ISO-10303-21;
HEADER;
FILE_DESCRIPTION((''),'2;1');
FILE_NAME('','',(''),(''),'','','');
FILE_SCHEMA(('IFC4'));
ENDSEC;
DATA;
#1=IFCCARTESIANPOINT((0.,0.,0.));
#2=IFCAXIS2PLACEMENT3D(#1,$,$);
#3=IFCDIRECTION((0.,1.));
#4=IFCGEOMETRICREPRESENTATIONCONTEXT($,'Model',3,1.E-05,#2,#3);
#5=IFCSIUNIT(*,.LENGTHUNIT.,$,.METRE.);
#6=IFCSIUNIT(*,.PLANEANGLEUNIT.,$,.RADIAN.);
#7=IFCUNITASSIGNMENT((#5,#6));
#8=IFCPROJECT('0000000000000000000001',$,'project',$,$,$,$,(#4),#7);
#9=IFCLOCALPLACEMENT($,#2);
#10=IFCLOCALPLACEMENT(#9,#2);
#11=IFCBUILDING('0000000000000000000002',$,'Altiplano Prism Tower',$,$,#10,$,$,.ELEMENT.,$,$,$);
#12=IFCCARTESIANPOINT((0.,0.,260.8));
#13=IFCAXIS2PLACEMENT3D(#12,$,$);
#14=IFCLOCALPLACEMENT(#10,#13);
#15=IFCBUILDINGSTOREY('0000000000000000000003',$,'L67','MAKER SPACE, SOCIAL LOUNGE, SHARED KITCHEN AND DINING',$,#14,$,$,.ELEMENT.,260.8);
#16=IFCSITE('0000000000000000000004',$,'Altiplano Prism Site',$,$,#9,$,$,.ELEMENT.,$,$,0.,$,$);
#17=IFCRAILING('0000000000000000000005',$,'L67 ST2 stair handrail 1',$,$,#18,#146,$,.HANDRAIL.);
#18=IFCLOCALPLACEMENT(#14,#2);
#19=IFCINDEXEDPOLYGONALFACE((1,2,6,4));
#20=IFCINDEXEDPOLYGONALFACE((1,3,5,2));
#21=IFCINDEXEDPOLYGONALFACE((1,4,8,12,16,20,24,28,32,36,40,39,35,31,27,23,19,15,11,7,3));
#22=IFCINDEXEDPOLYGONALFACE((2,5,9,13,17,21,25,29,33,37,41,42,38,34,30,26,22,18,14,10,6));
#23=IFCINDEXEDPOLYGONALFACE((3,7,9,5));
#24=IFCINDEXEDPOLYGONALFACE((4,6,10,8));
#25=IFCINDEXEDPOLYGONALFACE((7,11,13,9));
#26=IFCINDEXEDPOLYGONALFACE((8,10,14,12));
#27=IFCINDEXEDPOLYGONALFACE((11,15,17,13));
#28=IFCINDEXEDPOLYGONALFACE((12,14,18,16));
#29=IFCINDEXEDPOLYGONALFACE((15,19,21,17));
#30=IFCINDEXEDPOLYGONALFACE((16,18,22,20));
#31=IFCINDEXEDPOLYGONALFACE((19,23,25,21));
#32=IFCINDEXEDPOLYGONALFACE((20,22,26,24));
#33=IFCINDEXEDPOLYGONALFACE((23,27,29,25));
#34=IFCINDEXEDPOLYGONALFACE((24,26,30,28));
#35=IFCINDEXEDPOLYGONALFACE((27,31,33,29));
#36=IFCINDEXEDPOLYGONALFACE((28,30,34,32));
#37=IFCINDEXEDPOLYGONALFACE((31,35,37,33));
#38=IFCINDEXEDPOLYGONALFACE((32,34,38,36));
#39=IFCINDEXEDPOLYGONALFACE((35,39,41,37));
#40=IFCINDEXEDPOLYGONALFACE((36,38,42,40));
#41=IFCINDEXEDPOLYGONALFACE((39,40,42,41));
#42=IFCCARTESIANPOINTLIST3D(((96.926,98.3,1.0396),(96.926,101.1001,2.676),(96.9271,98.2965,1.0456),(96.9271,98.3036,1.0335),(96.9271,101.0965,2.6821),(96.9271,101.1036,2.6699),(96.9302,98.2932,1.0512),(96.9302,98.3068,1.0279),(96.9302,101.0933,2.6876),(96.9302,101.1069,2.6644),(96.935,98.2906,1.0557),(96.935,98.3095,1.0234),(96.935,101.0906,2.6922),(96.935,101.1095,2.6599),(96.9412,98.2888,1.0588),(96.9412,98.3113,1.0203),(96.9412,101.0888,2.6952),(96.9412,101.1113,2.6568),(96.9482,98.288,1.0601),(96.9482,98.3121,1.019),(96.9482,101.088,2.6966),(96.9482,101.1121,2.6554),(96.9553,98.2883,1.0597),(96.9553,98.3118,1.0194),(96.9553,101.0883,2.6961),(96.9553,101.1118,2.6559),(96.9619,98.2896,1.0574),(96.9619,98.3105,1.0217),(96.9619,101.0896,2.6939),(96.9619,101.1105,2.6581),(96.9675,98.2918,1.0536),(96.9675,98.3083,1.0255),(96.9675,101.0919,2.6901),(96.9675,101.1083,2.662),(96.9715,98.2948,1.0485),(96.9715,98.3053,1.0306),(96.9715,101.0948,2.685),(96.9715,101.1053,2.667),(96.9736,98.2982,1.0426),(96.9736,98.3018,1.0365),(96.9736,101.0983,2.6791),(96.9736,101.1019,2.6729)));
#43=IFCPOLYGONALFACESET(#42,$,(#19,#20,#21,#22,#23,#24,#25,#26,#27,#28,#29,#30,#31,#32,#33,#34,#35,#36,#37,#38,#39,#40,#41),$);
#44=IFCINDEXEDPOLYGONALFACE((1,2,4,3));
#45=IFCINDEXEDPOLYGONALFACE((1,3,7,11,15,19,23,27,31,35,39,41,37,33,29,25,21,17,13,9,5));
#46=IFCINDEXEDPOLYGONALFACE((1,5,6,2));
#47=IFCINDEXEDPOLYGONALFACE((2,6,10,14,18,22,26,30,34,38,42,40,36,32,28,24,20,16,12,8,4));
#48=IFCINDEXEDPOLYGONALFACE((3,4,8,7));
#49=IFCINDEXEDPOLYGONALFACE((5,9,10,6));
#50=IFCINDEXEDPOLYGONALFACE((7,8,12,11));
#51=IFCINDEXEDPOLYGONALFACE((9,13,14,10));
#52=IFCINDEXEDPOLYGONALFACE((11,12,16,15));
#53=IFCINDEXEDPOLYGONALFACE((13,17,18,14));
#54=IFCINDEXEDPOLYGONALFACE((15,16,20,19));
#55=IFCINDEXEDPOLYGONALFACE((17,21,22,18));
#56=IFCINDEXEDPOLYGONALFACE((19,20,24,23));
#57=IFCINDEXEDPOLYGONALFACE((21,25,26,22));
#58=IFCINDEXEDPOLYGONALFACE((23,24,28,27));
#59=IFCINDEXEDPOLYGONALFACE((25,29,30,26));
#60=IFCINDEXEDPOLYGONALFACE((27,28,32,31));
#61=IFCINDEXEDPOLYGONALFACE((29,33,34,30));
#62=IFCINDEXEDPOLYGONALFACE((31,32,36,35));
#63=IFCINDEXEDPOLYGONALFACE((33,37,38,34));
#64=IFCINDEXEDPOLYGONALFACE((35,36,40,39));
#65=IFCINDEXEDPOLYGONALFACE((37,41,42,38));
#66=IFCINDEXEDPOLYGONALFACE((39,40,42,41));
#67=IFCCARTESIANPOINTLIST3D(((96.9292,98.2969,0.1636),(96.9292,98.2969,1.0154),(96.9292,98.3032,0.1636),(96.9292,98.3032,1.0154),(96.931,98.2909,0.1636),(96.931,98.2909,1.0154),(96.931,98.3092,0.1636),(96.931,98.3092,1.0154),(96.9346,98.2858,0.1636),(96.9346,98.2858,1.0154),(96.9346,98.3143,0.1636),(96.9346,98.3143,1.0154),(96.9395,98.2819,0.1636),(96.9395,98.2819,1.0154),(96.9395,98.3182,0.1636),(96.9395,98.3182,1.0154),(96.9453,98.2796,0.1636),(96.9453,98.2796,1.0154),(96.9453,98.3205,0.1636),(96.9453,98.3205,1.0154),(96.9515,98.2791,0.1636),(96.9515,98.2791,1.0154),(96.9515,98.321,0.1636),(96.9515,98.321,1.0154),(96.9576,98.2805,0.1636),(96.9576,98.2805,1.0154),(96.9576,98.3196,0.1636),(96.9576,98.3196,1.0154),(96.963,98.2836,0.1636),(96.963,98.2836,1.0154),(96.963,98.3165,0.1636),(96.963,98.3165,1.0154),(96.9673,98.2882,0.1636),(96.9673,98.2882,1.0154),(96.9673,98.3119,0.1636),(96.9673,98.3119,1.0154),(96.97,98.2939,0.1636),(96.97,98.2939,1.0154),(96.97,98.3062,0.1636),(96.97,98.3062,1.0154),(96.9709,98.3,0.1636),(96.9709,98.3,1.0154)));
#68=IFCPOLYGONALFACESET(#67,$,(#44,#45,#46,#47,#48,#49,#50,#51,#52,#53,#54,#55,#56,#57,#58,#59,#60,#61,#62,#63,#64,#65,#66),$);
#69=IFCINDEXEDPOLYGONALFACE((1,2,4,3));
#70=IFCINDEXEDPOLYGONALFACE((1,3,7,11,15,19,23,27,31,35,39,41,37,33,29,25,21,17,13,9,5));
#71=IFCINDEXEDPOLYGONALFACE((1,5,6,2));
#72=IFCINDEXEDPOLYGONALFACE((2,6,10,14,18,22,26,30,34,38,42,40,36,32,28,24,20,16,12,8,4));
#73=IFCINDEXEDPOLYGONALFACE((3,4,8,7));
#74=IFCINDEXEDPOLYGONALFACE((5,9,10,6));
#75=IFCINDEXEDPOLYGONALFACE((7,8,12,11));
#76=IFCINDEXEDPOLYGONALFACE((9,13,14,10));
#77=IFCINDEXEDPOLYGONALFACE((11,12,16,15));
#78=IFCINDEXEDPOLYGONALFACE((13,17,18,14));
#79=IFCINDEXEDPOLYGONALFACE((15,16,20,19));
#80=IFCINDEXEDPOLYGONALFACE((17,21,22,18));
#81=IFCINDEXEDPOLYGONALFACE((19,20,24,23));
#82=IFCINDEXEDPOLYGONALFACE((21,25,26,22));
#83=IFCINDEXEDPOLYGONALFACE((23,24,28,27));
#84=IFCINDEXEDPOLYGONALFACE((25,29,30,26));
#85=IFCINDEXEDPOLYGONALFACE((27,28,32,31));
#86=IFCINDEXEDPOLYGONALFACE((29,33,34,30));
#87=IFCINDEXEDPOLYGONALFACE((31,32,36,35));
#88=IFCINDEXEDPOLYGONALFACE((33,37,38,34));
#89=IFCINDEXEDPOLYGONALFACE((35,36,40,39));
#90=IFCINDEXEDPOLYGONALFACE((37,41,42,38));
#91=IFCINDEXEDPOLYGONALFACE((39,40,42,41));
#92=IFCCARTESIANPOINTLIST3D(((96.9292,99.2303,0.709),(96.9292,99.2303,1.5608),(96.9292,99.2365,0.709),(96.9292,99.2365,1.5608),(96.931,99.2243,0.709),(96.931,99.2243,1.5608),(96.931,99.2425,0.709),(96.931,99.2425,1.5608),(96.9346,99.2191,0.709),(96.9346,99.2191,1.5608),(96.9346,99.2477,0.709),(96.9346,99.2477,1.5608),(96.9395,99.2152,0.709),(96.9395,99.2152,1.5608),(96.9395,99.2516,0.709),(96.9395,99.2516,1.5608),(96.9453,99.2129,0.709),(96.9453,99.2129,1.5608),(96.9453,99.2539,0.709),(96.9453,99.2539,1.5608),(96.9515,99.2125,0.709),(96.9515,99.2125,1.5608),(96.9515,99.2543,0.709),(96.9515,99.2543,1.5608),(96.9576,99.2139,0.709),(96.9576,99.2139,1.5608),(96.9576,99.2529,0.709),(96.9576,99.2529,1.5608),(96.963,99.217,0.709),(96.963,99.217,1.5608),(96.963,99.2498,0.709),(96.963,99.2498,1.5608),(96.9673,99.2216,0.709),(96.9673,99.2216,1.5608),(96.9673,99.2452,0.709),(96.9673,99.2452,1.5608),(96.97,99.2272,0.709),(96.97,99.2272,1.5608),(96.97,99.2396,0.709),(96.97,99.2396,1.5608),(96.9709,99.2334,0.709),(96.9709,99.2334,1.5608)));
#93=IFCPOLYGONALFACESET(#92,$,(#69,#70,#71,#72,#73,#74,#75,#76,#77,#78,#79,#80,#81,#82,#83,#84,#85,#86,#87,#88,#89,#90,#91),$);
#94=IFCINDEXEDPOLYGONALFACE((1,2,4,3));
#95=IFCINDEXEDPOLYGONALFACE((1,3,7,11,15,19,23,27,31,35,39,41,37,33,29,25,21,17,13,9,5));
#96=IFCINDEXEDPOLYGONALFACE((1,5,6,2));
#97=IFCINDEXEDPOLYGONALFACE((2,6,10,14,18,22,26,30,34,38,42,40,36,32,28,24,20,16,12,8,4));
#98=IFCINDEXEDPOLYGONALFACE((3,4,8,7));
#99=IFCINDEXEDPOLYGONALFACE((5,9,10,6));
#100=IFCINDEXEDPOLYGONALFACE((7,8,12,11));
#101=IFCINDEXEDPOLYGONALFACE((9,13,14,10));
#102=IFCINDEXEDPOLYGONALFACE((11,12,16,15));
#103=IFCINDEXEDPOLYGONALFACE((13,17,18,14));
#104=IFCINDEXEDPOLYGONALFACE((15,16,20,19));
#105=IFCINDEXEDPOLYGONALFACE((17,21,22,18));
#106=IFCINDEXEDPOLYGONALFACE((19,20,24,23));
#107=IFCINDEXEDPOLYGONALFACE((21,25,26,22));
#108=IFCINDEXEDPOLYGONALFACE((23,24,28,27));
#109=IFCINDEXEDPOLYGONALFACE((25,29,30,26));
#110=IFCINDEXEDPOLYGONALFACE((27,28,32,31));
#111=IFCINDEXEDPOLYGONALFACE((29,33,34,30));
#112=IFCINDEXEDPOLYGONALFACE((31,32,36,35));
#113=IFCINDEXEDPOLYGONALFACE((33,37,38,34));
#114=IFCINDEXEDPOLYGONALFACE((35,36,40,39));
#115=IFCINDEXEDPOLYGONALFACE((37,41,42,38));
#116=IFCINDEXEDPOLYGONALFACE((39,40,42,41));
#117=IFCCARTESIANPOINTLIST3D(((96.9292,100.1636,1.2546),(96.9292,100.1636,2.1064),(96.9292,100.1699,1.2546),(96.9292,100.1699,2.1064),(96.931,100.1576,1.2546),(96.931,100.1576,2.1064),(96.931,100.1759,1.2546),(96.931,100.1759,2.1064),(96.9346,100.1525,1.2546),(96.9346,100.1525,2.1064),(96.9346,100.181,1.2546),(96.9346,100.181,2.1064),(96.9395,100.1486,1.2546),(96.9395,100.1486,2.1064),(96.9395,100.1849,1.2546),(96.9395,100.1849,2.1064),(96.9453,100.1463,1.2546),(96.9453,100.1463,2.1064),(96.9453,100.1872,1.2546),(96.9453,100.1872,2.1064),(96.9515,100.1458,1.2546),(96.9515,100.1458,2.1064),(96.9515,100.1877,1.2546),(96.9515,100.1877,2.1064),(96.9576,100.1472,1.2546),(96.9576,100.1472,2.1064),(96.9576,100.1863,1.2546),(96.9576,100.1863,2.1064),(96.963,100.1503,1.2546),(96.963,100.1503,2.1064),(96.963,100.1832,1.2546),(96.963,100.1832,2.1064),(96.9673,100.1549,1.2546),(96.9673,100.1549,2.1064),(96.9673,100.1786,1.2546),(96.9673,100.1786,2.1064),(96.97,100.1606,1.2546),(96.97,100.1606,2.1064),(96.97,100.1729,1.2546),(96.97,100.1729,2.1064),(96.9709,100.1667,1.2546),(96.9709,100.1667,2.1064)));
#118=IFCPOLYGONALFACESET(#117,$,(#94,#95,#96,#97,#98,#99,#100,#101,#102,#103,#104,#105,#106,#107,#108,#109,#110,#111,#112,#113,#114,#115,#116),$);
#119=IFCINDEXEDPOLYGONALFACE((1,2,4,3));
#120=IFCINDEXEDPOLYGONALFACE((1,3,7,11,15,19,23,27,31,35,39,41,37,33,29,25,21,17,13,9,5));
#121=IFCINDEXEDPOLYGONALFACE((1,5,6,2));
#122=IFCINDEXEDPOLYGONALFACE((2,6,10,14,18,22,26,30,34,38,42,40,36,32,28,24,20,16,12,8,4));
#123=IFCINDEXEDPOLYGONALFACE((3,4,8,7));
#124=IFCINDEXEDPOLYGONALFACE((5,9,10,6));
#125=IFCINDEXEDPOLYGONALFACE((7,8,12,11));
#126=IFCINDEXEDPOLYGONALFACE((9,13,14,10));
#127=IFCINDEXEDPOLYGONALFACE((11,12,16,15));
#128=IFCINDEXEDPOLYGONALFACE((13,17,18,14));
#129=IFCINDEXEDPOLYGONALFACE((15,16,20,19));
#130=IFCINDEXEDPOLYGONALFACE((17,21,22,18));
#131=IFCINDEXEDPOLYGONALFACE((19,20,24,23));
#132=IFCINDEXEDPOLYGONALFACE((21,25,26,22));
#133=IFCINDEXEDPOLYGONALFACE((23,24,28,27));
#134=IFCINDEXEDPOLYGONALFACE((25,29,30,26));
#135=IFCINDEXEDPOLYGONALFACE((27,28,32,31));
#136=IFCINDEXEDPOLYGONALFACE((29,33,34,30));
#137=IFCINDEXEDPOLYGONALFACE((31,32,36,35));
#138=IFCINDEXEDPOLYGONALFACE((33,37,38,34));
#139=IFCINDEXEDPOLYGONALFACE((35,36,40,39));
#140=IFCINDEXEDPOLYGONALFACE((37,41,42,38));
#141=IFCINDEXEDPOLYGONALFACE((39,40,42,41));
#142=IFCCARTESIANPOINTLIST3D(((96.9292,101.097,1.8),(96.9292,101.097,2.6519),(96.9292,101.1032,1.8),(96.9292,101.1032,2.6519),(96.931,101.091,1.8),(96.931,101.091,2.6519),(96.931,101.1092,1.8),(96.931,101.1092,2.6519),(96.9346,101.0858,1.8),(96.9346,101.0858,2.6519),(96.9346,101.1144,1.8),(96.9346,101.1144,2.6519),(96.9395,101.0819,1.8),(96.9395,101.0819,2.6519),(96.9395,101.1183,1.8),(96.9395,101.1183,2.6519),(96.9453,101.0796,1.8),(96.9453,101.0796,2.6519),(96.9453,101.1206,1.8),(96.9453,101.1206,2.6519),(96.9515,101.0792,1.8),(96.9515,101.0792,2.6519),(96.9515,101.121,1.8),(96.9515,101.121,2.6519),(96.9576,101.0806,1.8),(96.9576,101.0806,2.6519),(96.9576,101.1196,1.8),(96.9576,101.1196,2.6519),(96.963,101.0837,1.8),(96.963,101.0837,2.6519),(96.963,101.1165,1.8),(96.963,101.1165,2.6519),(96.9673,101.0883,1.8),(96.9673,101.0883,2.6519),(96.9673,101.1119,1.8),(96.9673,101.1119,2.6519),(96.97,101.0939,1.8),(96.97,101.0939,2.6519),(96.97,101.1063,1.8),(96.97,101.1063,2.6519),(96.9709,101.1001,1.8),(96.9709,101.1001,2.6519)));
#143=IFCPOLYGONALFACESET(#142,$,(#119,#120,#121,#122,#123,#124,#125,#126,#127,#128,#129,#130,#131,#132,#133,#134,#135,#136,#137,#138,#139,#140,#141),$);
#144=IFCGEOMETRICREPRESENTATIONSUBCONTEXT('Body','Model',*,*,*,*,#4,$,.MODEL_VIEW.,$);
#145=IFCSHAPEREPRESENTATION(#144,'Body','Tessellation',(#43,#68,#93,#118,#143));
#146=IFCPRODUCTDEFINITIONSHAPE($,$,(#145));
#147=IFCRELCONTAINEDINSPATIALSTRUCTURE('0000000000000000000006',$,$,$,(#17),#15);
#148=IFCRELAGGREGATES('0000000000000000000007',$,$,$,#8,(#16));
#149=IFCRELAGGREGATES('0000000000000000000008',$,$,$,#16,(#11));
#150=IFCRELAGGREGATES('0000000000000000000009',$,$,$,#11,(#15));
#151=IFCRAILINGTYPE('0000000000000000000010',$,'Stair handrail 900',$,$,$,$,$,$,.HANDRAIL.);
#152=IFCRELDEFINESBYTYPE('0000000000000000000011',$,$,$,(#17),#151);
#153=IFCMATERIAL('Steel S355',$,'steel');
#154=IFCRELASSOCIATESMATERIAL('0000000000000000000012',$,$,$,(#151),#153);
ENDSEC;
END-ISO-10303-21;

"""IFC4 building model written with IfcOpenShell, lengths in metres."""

from ifc_helpers import new_model, si_unit, direction, frame, origin, origin_2d, place, context, subcontext, project, spatial, circle, extrude, material, type_object, element, save


model = new_model("IFC4")

# Units and contexts
model_context = context("Model", 3, precision=1e-05, world=origin(), true_north=direction((0.0, 1.0)))
body_context = subcontext(model_context, "Body", "Model", "MODEL_VIEW")
ifc_project = project(units=[si_unit("LENGTHUNIT", "METRE"), si_unit("PLANEANGLEUNIT", "RADIAN")], contexts=[model_context])

# Site, building, storey
site_placement = place(None, origin())
site = spatial("IfcSite", under=ifc_project, at=site_placement, Name="Altiplano Prism Site", CompositionType="ELEMENT", RefElevation=0.0)
building_placement = place(site_placement, origin())
building = spatial("IfcBuilding", under=site, at=building_placement, Name="Altiplano Prism Tower", CompositionType="ELEMENT")
storey_placement = place(building_placement, frame((0.0, 0.0, 260.8)))
storey = spatial("IfcBuildingStorey", under=building, at=storey_placement, Name="L67", Description="MAKER SPACE, SOCIAL LOUNGE, SHARED KITCHEN AND DINING", CompositionType="ELEMENT", Elevation=260.8)

# Railing
ifc_material_1 = material(Name="Steel S355", Category="steel")
railing_type_1 = type_object("IfcRailingType", Name="Stair handrail 900", PredefinedType="HANDRAIL", material=ifc_material_1)
railing_1_placement = place(storey_placement, frame((96.95, 98.3, 0.1636)))
element("IfcRailing", 1, at=railing_1_placement, inside=storey, type_object=railing_type_1, Name="L67 ST2 stair handrail 1", PredefinedType="HANDRAIL", context=body_context, shape_type="SweptSolid", body=[
    extrude(circle(Radius=0.0239, at=origin_2d()), frame((0.0, 0.0, 0.876), z_axis=(0.0, 0.863361, 0.504587), x_axis=(-1.0, 0.0, 0.0)), (0.0, 0.0, 1.0), 3.2432),
    extrude(circle(Radius=0.021, at=origin_2d()), origin(), (0.0, 0.0, 1.0), 0.8518),
    extrude(circle(Radius=0.021, at=origin_2d()), frame((0.0, 0.9333, 0.5454)), (0.0, 0.0, 1.0), 0.8518),
    extrude(circle(Radius=0.021, at=origin_2d()), frame((0.0, 1.8667, 1.0911)), (0.0, 0.0, 1.0), 0.8518),
    extrude(circle(Radius=0.021, at=origin_2d()), frame((0.0, 2.8, 1.6365)), (0.0, 0.0, 1.0), 0.8518),
])

save(model, "model.ifc")
